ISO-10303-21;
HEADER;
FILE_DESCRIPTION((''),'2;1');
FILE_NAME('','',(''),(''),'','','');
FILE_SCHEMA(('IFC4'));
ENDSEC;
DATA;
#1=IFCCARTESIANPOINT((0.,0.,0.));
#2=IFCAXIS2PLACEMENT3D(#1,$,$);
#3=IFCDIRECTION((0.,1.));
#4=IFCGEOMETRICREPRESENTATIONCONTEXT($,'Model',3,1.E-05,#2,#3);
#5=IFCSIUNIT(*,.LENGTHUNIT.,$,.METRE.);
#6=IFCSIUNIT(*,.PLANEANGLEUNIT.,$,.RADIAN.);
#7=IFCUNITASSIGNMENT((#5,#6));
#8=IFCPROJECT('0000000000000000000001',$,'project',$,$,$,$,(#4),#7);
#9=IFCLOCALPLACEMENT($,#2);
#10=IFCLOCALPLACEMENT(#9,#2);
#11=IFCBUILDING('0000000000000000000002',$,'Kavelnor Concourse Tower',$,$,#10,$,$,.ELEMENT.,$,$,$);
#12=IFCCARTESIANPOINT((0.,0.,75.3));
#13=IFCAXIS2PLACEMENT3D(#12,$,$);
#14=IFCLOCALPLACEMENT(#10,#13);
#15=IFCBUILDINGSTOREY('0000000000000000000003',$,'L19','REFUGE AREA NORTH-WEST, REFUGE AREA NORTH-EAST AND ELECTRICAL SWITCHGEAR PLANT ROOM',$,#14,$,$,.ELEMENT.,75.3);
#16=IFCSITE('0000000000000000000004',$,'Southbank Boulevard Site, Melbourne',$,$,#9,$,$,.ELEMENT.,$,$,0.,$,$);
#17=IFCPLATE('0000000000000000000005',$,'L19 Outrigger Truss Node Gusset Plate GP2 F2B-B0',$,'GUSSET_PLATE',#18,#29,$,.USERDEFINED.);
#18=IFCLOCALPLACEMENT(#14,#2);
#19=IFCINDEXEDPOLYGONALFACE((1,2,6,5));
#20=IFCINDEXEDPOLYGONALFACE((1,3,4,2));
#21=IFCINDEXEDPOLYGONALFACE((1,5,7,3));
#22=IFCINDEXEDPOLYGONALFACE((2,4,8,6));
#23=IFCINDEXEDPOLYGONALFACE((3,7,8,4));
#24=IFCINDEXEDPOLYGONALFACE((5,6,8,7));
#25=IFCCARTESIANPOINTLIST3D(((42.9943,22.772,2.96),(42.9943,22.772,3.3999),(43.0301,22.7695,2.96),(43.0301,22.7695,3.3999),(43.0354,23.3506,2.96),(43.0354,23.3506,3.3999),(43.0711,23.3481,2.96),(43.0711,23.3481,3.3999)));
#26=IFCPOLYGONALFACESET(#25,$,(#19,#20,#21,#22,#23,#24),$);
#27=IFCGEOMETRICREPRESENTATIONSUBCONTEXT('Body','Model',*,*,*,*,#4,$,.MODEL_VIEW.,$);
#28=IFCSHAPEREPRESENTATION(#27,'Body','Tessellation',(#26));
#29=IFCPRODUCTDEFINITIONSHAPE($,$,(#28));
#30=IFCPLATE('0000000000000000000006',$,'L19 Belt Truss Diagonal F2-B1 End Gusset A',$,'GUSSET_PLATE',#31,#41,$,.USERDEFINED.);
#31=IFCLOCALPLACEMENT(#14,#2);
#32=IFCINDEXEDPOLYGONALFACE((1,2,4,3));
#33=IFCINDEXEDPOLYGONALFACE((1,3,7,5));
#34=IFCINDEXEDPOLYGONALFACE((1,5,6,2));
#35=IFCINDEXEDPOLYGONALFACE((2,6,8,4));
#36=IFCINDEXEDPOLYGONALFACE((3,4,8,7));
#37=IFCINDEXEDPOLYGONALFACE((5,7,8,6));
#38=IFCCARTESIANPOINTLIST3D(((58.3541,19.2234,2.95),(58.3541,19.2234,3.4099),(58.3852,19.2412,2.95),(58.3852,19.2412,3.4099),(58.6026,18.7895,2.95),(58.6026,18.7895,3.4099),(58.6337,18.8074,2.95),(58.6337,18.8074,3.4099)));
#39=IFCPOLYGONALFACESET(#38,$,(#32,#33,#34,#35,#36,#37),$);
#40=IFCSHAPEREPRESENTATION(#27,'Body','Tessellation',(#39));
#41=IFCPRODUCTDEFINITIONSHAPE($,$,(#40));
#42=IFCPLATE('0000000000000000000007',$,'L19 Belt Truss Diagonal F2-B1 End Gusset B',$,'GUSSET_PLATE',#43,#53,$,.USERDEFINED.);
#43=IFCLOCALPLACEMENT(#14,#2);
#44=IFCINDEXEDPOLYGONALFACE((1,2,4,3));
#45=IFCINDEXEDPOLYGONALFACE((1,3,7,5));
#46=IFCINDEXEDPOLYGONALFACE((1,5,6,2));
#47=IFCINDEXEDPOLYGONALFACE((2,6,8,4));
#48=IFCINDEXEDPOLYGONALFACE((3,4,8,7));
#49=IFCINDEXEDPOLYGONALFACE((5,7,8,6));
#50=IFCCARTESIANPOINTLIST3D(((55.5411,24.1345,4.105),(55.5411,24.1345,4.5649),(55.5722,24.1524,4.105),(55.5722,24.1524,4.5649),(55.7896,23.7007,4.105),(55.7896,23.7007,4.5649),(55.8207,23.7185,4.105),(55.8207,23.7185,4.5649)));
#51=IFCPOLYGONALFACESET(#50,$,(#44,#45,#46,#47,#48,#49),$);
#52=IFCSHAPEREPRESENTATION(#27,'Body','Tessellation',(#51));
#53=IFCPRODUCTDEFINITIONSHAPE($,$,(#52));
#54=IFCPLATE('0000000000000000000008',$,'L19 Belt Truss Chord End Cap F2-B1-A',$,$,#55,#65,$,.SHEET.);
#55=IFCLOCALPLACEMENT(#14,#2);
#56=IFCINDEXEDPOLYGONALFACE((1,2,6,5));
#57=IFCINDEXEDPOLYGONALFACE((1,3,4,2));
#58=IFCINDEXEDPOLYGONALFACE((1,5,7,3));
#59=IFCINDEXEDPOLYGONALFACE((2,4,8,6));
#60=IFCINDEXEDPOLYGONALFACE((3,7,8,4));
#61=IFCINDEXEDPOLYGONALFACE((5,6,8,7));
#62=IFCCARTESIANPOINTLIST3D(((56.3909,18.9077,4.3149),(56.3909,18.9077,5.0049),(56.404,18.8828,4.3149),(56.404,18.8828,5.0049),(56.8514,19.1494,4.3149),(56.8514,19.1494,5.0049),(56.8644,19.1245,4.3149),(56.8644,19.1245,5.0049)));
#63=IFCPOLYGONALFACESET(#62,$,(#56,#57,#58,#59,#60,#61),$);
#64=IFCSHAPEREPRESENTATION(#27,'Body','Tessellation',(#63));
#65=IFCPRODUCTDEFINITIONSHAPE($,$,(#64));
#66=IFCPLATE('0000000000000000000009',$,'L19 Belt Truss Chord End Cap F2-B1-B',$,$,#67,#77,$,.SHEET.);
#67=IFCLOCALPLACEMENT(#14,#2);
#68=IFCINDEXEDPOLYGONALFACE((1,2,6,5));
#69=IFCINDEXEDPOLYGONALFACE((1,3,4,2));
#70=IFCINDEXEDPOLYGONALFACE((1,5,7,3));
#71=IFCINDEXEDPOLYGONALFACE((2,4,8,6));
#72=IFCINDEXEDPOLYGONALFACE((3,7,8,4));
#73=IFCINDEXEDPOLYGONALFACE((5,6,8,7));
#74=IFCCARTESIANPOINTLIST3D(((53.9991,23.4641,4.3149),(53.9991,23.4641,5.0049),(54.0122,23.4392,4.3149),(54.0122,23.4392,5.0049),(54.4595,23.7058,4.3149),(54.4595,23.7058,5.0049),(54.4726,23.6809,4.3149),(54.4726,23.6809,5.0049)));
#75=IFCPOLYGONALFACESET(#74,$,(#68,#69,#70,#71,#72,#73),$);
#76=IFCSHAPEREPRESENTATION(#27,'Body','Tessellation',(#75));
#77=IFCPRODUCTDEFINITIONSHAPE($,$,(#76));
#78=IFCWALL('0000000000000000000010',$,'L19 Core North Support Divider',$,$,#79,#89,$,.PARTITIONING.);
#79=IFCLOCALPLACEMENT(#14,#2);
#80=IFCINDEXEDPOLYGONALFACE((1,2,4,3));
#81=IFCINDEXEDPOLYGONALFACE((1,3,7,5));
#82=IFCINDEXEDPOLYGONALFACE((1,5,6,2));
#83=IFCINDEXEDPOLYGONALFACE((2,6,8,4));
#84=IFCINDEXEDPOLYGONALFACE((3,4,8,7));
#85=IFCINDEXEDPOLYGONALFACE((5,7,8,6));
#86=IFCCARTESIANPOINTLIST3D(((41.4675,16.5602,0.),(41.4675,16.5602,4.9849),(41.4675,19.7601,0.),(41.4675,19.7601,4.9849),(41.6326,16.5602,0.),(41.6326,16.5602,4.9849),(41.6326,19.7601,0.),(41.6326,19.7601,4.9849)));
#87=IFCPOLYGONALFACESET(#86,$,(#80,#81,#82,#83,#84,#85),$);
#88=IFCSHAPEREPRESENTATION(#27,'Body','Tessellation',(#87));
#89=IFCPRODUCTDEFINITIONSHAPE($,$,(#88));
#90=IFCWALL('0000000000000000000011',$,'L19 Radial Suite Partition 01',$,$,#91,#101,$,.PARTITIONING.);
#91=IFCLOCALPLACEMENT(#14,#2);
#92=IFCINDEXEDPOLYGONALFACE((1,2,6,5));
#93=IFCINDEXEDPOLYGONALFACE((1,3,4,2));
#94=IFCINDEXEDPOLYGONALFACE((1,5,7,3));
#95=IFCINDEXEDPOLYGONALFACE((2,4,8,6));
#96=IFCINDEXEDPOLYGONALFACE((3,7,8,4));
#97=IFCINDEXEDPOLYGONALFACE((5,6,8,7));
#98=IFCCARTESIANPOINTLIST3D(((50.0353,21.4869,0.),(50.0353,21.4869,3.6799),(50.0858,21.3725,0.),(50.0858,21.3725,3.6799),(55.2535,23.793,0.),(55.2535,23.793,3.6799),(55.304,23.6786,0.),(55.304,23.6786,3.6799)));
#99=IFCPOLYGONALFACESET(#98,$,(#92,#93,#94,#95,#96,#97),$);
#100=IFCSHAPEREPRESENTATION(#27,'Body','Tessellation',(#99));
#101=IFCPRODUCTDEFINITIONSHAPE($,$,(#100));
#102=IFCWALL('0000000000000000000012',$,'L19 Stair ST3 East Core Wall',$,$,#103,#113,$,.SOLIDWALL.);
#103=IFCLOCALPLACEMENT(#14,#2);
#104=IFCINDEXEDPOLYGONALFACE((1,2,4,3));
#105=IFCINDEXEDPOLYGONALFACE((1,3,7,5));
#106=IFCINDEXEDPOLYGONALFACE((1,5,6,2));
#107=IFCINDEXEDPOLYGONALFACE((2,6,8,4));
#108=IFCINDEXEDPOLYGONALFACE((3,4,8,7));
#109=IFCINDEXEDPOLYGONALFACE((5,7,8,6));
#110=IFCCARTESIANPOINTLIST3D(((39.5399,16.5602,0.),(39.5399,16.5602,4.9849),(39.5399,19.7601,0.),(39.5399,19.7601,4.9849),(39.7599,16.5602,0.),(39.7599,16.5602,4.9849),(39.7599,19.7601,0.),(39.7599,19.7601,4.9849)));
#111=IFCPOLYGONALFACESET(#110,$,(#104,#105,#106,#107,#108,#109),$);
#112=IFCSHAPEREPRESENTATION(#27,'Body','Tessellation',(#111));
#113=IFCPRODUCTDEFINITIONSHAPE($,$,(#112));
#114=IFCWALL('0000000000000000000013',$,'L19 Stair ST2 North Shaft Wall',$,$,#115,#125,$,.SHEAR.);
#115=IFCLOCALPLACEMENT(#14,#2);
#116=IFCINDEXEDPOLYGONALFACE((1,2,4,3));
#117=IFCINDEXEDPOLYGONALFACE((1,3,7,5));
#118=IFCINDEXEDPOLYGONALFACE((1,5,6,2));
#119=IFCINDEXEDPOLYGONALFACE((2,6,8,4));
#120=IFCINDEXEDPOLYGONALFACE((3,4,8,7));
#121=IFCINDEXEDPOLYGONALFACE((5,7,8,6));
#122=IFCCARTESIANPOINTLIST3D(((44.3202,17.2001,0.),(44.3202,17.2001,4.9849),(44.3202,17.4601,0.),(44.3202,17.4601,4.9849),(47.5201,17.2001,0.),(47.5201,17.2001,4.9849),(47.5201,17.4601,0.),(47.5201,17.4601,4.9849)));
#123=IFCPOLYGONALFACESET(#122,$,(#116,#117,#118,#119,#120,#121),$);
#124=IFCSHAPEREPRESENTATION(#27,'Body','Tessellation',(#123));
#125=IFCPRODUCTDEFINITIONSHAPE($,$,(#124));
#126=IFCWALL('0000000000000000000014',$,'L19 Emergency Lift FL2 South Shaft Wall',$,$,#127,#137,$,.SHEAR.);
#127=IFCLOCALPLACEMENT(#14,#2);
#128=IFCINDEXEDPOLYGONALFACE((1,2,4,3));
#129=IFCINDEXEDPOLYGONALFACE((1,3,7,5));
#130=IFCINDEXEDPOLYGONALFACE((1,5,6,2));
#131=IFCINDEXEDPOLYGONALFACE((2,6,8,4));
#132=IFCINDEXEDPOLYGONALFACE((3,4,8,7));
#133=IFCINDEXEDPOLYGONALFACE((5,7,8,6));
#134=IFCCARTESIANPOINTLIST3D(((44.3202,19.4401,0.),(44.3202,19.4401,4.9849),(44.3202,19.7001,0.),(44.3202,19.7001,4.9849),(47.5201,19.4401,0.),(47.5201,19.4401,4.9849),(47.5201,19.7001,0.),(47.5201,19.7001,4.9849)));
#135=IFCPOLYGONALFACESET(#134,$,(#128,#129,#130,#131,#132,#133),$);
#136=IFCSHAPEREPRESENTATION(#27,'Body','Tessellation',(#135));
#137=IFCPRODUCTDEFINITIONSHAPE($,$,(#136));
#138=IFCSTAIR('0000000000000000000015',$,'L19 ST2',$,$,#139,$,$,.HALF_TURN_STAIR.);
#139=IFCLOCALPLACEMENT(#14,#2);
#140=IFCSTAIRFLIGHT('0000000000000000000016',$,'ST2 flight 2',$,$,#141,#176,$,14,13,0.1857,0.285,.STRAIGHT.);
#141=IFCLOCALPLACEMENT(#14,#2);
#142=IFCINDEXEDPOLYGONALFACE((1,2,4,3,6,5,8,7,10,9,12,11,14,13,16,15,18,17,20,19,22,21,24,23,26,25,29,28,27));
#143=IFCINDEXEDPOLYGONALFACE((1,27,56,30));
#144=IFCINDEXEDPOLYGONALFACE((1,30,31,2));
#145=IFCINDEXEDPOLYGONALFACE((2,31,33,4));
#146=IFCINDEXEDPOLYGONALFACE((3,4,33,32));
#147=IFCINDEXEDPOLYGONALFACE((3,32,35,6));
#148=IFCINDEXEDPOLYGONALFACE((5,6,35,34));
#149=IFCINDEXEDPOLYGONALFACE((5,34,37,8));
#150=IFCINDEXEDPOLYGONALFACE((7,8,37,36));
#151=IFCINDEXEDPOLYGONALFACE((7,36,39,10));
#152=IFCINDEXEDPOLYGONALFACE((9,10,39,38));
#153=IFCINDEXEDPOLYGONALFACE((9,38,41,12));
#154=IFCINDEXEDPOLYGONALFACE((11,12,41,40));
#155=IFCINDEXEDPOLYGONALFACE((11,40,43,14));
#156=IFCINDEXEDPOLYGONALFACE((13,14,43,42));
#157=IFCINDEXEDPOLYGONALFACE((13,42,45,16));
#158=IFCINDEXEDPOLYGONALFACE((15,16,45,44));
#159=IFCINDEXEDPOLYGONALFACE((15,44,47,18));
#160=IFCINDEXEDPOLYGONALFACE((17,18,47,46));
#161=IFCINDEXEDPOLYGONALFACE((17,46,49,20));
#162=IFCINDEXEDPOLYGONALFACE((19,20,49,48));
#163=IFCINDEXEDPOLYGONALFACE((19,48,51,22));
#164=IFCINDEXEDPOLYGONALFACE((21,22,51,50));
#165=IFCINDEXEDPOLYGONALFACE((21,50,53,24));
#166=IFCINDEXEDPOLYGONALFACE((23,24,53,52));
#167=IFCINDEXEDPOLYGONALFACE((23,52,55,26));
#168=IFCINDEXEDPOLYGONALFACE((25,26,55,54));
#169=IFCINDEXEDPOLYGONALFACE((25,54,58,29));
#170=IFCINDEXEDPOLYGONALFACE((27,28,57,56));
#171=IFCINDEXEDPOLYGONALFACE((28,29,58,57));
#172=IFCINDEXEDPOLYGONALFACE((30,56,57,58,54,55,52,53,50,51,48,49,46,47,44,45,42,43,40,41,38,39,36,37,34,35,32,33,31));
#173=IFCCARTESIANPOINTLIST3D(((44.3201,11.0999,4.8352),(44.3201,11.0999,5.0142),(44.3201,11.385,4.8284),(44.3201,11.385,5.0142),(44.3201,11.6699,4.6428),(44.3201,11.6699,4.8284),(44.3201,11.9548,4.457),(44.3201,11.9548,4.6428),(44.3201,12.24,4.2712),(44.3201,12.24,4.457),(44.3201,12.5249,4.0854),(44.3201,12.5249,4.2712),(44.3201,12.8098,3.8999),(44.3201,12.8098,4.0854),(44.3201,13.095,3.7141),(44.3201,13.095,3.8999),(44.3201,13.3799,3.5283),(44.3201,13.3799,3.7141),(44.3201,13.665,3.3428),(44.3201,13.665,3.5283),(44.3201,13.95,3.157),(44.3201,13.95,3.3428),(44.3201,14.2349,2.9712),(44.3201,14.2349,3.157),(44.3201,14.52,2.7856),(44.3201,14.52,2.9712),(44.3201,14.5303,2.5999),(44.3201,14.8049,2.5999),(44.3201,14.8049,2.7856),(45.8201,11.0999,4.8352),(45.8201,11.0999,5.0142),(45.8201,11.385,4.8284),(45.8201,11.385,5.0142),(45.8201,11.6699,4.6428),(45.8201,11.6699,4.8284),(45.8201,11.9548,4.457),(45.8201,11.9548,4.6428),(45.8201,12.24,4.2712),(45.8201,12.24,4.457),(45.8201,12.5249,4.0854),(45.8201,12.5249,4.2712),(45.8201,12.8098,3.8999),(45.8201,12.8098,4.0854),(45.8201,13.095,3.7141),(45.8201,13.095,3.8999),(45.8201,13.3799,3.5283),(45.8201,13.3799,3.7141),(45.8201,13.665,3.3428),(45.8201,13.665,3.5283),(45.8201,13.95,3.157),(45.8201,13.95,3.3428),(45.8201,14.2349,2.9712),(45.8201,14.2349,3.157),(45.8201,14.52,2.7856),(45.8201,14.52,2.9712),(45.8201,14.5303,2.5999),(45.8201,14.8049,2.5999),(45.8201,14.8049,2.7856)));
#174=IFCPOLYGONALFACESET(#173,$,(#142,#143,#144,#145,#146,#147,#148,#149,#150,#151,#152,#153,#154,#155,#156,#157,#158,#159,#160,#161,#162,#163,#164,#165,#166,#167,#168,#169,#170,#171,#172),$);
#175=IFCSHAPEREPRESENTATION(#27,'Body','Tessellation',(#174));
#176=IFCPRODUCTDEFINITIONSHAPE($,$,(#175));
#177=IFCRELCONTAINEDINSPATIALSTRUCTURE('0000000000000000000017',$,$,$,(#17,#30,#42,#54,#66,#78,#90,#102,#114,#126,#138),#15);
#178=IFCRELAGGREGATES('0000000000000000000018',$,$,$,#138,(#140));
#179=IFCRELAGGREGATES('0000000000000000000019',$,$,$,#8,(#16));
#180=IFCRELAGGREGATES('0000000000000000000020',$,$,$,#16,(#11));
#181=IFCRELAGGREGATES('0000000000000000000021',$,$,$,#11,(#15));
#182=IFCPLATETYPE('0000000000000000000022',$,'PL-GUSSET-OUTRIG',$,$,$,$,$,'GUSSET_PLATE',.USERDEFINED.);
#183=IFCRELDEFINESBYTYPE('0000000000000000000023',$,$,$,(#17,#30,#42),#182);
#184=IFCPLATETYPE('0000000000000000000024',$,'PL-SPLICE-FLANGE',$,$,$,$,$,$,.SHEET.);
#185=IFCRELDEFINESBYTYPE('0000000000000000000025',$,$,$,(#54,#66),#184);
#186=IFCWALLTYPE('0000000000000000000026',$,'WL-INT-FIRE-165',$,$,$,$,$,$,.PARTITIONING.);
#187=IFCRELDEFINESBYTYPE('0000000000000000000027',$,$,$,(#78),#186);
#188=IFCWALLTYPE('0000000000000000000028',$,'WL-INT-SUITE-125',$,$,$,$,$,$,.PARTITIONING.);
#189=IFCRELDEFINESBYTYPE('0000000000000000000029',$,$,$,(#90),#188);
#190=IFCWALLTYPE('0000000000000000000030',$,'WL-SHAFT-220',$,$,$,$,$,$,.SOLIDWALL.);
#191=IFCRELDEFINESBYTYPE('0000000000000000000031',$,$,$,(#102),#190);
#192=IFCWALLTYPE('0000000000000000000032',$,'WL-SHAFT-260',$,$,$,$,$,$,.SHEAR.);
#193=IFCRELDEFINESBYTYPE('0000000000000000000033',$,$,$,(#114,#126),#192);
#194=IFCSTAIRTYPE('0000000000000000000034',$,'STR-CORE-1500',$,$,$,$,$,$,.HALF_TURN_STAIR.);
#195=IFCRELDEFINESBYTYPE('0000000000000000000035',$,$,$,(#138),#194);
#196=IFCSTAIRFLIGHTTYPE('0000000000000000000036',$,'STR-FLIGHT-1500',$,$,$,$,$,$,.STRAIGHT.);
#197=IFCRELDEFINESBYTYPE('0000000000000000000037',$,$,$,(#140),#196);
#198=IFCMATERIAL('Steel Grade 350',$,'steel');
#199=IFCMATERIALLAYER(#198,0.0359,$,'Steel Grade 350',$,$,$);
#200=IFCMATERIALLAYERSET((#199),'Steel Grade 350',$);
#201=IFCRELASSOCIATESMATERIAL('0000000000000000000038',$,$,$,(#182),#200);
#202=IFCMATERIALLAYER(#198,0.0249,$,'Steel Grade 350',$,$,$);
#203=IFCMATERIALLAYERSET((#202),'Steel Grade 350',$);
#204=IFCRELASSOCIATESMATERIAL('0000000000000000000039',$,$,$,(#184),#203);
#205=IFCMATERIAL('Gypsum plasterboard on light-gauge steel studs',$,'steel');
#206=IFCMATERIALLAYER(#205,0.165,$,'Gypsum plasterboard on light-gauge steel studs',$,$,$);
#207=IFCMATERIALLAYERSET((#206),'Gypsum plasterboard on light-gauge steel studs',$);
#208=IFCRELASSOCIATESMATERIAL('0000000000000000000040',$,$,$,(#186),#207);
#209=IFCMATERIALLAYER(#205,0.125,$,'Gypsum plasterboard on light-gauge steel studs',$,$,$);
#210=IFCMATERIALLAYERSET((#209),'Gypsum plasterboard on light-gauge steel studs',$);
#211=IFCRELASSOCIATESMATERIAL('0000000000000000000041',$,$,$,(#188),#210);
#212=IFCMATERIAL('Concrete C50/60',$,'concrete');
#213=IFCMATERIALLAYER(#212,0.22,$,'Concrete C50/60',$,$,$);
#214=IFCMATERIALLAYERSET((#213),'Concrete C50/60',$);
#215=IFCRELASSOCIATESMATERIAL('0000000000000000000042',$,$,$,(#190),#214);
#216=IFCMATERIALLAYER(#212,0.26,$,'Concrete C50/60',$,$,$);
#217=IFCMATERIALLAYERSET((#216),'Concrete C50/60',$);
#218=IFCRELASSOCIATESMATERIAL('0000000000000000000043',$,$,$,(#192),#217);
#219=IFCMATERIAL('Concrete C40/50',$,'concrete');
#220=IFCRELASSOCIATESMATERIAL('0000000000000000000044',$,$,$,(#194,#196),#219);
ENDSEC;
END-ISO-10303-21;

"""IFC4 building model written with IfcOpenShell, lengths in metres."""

from ifc_helpers import new_model, si_unit, direction, frame, frame_2d, origin, origin_2d, place, context, subcontext, project, spatial, polyline, rectangle, outline, extrude, material, layer, layer_set, type_object, element, aggregate, save


model = new_model("IFC4")

# Units and contexts
model_context = context("Model", 3, precision=1e-05, world=origin(), true_north=direction((0.0, 1.0)))
body_context = subcontext(model_context, "Body", "Model", "MODEL_VIEW")
ifc_project = project(units=[si_unit("LENGTHUNIT", "METRE"), si_unit("PLANEANGLEUNIT", "RADIAN")], contexts=[model_context])

# Site, building, storey
site_placement = place(None, origin())
site = spatial("IfcSite", under=ifc_project, at=site_placement, Name="Southbank Boulevard Site, Melbourne", CompositionType="ELEMENT", RefElevation=0.0)
building_placement = place(site_placement, origin())
building = spatial("IfcBuilding", under=site, at=building_placement, Name="Kavelnor Concourse Tower", CompositionType="ELEMENT")
storey_placement = place(building_placement, frame((0.0, 0.0, 75.3)))
storey = spatial("IfcBuildingStorey", under=building, at=storey_placement, Name="L19", Description="REFUGE AREA NORTH-WEST, REFUGE AREA NORTH-EAST AND ELECTRICAL SWITCHGEAR PLANT ROOM", CompositionType="ELEMENT", Elevation=75.3)

# Shared definitions
ifc_material_1 = material(Name="Steel Grade 350", Category="steel")

# Plates
ifc_layer_1 = layer(ifc_material_1, 0.0359, Name="Steel Grade 350")
ifc_layer_set_1 = layer_set([ifc_layer_1], Name="Steel Grade 350")
plate_type_1 = type_object("IfcPlateType", Name="PL-GUSSET-OUTRIG", ElementType="GUSSET_PLATE", PredefinedType="USERDEFINED", material=ifc_layer_set_1)
plate_placement = place(storey_placement, frame((43.0327, 23.0601, 2.96), z_axis=(0.0, 0.0, 1.0), x_axis=(0.070801, 0.99749, 0.0)))
element("IfcPlate", 1, at=plate_placement, inside=storey, type_object=plate_type_1, Name="L19 Outrigger Truss Node Gusset Plate GP2 F2B-B0", ObjectType="GUSSET_PLATE", PredefinedType="USERDEFINED", context=body_context, shape_type="SweptSolid", body=[
    extrude(rectangle(XDim=0.5801, YDim=0.0359, at=origin_2d()), origin(), (0.0, 0.0, 1.0), 0.4399),
])
for number, where, z_axis, x_axis, name in (
    (2, (58.4939, 19.0154, 2.95), (0.0, 0.0, 1.0), (-0.496974, 0.867765, 0.0), "L19 Belt Truss Diagonal F2-B1 End Gusset A"),
    (3, (55.6809, 23.9265, 4.105), (0.0, 0.0, 1.0), (-0.496974, 0.867765, 0.0), "L19 Belt Truss Diagonal F2-B1 End Gusset B"),
):
    element("IfcPlate", number, at=place(storey_placement, frame(where, z_axis=z_axis, x_axis=x_axis)), inside=storey, type_object=plate_type_1, Name=name, ObjectType="GUSSET_PLATE", PredefinedType="USERDEFINED", context=body_context, shape_type="SweptSolid", body=[
        extrude(rectangle(XDim=0.5, YDim=0.0359, at=origin_2d()), origin(), (0.0, 0.0, 1.0), 0.46),
    ])
ifc_layer_2 = layer(ifc_material_1, 0.0249, Name="Steel Grade 350")
ifc_layer_set_2 = layer_set([ifc_layer_2], Name="Steel Grade 350")
plate_type_2 = type_object("IfcPlateType", Name="PL-SPLICE-FLANGE", PredefinedType="SHEET", material=ifc_layer_set_2)
for number, where, z_axis, x_axis, name in (
    (4, (56.6277, 19.0161, 4.3149), (0.0, 0.0, 1.0), (0.885394, 0.464842, 0.0), "L19 Belt Truss Chord End Cap F2-B1-A"),
    (5, (54.2358, 23.5725, 4.3149), (0.0, 0.0, 1.0), (-0.885394, -0.464842, 0.0), "L19 Belt Truss Chord End Cap F2-B1-B"),
):
    element("IfcPlate", number, at=place(storey_placement, frame(where, z_axis=z_axis, x_axis=x_axis)), inside=storey, type_object=plate_type_2, Name=name, PredefinedType="SHEET", context=body_context, shape_type="SweptSolid", body=[
        extrude(rectangle(XDim=0.52, YDim=0.0281, at=origin_2d()), origin(), (0.0, 0.0, 1.0), 0.6899),
    ])

# Walls
ifc_material_2 = material(Name="Gypsum plasterboard on light-gauge steel studs", Category="steel")
ifc_layer_3 = layer(ifc_material_2, 0.165, Name="Gypsum plasterboard on light-gauge steel studs")
ifc_layer_set_3 = layer_set([ifc_layer_3], Name="Gypsum plasterboard on light-gauge steel studs")
wall_type_1 = type_object("IfcWallType", Name="WL-INT-FIRE-165", PredefinedType="PARTITIONING", material=ifc_layer_set_3)
wall_1_placement = place(storey_placement, frame((41.55, 16.5601, 0.0), z_axis=(0.0, 0.0, 1.0), x_axis=(0.0, 1.0, 0.0)))
element("IfcWall", 6, at=wall_1_placement, inside=storey, type_object=wall_type_1, Name="L19 Core North Support Divider", PredefinedType="PARTITIONING", context=body_context, shape_type="SweptSolid", body=[
    extrude(rectangle(XDim=3.2, YDim=0.165, at=frame_2d((1.6001, 0.0))), origin(), (0.0, 0.0, 1.0), 4.9849),
])
ifc_layer_4 = layer(ifc_material_2, 0.125, Name="Gypsum plasterboard on light-gauge steel studs")
ifc_layer_set_4 = layer_set([ifc_layer_4], Name="Gypsum plasterboard on light-gauge steel studs")
wall_type_2 = type_object("IfcWallType", Name="WL-INT-SUITE-125", PredefinedType="PARTITIONING", material=ifc_layer_set_4)
wall_2_placement = place(storey_placement, frame((50.0605, 21.4297, 0.0), z_axis=(0.0, 0.0, 1.0), x_axis=(0.91466, 0.404224, 0.0)))
element("IfcWall", 7, at=wall_2_placement, inside=storey, type_object=wall_type_2, Name="L19 Radial Suite Partition 01", PredefinedType="PARTITIONING", context=body_context, shape_type="SweptSolid", body=[
    extrude(rectangle(XDim=5.7051, YDim=0.125, at=frame_2d((2.8525, 0.0))), origin(), (0.0, 0.0, 1.0), 3.6799),
])
ifc_material_3 = material(Name="Concrete C50/60", Category="concrete")
ifc_layer_5 = layer(ifc_material_3, 0.22, Name="Concrete C50/60")
ifc_layer_set_5 = layer_set([ifc_layer_5], Name="Concrete C50/60")
wall_type_3 = type_object("IfcWallType", Name="WL-SHAFT-220", PredefinedType="SOLIDWALL", material=ifc_layer_set_5)
wall_3_placement = place(storey_placement, frame((39.6499, 16.5601, 0.0), z_axis=(0.0, 0.0, 1.0), x_axis=(0.0, 1.0, 0.0)))
element("IfcWall", 8, at=wall_3_placement, inside=storey, type_object=wall_type_3, Name="L19 Stair ST3 East Core Wall", PredefinedType="SOLIDWALL", context=body_context, shape_type="SweptSolid", body=[
    extrude(rectangle(XDim=3.2, YDim=0.22, at=frame_2d((1.6001, 0.0))), origin(), (0.0, 0.0, 1.0), 4.9849),
])
ifc_layer_6 = layer(ifc_material_3, 0.26, Name="Concrete C50/60")
ifc_layer_set_6 = layer_set([ifc_layer_6], Name="Concrete C50/60")
wall_type_4 = type_object("IfcWallType", Name="WL-SHAFT-260", PredefinedType="SHEAR", material=ifc_layer_set_6)
for number, where, z_axis, x_axis, name in (
    (9, (44.3201, 17.3301, 0.0), (0.0, 0.0, 1.0), (1.0, 0.0, 0.0), "L19 Stair ST2 North Shaft Wall"),
    (10, (44.3201, 19.5701, 0.0), (0.0, 0.0, 1.0), (1.0, 0.0, 0.0), "L19 Emergency Lift FL2 South Shaft Wall"),
):
    element("IfcWall", number, at=place(storey_placement, frame(where, z_axis=z_axis, x_axis=x_axis)), inside=storey, type_object=wall_type_4, Name=name, PredefinedType="SHEAR", context=body_context, shape_type="SweptSolid", body=[
        extrude(rectangle(XDim=3.2, YDim=0.26, at=frame_2d((1.6001, 0.0))), origin(), (0.0, 0.0, 1.0), 4.9849),
    ])

# Stair, stair flight
ifc_material_4 = material(Name="Concrete C40/50", Category="concrete")
stair_type = type_object("IfcStairType", Name="STR-CORE-1500", PredefinedType="HALF_TURN_STAIR", material=ifc_material_4)
stair_1_placement = place(storey_placement, origin())
stair_1 = element("IfcStair", 11, at=stair_1_placement, inside=storey, type_object=stair_type, Name="L19 ST2", PredefinedType="HALF_TURN_STAIR")
stair_flight_type = type_object("IfcStairFlightType", Name="STR-FLIGHT-1500", PredefinedType="STRAIGHT", material=ifc_material_4)
stair_flight_1_placement = place(storey_placement, frame((45.0701, 14.8049, 2.5999), z_axis=(0.0, 0.0, 1.0), x_axis=(0.0, -1.0, 0.0)))
stair_flight_1 = element("IfcStairFlight", 12, at=stair_flight_1_placement, type_object=stair_flight_type, Name="ST2 flight 2", NumberOfRisers=14, NumberOfTreads=13, PredefinedType="STRAIGHT", RiserHeight=0.1857, TreadLength=0.285, context=body_context, shape_type="SweptSolid", body=[
    extrude(outline(polyline([(0.0, 0.0), (0.0, 0.1858), (0.2849, 0.1858), (0.2849, 0.3713), (0.5701, 0.3713), (0.5701, 0.5571), (0.855, 0.5571), (0.855, 0.7429), (1.1399, 0.7429), (1.1399, 0.9285), (1.425, 0.9285), (1.425, 1.1143), (1.71, 1.1143), (1.71, 1.3), (1.9951, 1.3), (1.9951, 1.4856), (2.28, 1.4856), (2.28, 1.6714), (2.5649, 1.6714), (2.5649, 1.8572), (2.8501, 1.8572), (2.8501, 2.043), (3.135, 2.043), (3.135, 2.2285), (3.4199, 2.2285), (3.4199, 2.4143), (3.7051, 2.4143), (3.7051, 2.6001), (3.7051, 2.2354), (0.2747, 0.0), (0.0, 0.0)])), frame((0.0, 0.75, 0.0), z_axis=(0.0, -1.0, 0.0), x_axis=(1.0, 0.0, 0.0)), (0.0, 0.0, 1.0), 1.5),
])
aggregate(stair_1, [stair_flight_1])

save(model, "model.ifc")
